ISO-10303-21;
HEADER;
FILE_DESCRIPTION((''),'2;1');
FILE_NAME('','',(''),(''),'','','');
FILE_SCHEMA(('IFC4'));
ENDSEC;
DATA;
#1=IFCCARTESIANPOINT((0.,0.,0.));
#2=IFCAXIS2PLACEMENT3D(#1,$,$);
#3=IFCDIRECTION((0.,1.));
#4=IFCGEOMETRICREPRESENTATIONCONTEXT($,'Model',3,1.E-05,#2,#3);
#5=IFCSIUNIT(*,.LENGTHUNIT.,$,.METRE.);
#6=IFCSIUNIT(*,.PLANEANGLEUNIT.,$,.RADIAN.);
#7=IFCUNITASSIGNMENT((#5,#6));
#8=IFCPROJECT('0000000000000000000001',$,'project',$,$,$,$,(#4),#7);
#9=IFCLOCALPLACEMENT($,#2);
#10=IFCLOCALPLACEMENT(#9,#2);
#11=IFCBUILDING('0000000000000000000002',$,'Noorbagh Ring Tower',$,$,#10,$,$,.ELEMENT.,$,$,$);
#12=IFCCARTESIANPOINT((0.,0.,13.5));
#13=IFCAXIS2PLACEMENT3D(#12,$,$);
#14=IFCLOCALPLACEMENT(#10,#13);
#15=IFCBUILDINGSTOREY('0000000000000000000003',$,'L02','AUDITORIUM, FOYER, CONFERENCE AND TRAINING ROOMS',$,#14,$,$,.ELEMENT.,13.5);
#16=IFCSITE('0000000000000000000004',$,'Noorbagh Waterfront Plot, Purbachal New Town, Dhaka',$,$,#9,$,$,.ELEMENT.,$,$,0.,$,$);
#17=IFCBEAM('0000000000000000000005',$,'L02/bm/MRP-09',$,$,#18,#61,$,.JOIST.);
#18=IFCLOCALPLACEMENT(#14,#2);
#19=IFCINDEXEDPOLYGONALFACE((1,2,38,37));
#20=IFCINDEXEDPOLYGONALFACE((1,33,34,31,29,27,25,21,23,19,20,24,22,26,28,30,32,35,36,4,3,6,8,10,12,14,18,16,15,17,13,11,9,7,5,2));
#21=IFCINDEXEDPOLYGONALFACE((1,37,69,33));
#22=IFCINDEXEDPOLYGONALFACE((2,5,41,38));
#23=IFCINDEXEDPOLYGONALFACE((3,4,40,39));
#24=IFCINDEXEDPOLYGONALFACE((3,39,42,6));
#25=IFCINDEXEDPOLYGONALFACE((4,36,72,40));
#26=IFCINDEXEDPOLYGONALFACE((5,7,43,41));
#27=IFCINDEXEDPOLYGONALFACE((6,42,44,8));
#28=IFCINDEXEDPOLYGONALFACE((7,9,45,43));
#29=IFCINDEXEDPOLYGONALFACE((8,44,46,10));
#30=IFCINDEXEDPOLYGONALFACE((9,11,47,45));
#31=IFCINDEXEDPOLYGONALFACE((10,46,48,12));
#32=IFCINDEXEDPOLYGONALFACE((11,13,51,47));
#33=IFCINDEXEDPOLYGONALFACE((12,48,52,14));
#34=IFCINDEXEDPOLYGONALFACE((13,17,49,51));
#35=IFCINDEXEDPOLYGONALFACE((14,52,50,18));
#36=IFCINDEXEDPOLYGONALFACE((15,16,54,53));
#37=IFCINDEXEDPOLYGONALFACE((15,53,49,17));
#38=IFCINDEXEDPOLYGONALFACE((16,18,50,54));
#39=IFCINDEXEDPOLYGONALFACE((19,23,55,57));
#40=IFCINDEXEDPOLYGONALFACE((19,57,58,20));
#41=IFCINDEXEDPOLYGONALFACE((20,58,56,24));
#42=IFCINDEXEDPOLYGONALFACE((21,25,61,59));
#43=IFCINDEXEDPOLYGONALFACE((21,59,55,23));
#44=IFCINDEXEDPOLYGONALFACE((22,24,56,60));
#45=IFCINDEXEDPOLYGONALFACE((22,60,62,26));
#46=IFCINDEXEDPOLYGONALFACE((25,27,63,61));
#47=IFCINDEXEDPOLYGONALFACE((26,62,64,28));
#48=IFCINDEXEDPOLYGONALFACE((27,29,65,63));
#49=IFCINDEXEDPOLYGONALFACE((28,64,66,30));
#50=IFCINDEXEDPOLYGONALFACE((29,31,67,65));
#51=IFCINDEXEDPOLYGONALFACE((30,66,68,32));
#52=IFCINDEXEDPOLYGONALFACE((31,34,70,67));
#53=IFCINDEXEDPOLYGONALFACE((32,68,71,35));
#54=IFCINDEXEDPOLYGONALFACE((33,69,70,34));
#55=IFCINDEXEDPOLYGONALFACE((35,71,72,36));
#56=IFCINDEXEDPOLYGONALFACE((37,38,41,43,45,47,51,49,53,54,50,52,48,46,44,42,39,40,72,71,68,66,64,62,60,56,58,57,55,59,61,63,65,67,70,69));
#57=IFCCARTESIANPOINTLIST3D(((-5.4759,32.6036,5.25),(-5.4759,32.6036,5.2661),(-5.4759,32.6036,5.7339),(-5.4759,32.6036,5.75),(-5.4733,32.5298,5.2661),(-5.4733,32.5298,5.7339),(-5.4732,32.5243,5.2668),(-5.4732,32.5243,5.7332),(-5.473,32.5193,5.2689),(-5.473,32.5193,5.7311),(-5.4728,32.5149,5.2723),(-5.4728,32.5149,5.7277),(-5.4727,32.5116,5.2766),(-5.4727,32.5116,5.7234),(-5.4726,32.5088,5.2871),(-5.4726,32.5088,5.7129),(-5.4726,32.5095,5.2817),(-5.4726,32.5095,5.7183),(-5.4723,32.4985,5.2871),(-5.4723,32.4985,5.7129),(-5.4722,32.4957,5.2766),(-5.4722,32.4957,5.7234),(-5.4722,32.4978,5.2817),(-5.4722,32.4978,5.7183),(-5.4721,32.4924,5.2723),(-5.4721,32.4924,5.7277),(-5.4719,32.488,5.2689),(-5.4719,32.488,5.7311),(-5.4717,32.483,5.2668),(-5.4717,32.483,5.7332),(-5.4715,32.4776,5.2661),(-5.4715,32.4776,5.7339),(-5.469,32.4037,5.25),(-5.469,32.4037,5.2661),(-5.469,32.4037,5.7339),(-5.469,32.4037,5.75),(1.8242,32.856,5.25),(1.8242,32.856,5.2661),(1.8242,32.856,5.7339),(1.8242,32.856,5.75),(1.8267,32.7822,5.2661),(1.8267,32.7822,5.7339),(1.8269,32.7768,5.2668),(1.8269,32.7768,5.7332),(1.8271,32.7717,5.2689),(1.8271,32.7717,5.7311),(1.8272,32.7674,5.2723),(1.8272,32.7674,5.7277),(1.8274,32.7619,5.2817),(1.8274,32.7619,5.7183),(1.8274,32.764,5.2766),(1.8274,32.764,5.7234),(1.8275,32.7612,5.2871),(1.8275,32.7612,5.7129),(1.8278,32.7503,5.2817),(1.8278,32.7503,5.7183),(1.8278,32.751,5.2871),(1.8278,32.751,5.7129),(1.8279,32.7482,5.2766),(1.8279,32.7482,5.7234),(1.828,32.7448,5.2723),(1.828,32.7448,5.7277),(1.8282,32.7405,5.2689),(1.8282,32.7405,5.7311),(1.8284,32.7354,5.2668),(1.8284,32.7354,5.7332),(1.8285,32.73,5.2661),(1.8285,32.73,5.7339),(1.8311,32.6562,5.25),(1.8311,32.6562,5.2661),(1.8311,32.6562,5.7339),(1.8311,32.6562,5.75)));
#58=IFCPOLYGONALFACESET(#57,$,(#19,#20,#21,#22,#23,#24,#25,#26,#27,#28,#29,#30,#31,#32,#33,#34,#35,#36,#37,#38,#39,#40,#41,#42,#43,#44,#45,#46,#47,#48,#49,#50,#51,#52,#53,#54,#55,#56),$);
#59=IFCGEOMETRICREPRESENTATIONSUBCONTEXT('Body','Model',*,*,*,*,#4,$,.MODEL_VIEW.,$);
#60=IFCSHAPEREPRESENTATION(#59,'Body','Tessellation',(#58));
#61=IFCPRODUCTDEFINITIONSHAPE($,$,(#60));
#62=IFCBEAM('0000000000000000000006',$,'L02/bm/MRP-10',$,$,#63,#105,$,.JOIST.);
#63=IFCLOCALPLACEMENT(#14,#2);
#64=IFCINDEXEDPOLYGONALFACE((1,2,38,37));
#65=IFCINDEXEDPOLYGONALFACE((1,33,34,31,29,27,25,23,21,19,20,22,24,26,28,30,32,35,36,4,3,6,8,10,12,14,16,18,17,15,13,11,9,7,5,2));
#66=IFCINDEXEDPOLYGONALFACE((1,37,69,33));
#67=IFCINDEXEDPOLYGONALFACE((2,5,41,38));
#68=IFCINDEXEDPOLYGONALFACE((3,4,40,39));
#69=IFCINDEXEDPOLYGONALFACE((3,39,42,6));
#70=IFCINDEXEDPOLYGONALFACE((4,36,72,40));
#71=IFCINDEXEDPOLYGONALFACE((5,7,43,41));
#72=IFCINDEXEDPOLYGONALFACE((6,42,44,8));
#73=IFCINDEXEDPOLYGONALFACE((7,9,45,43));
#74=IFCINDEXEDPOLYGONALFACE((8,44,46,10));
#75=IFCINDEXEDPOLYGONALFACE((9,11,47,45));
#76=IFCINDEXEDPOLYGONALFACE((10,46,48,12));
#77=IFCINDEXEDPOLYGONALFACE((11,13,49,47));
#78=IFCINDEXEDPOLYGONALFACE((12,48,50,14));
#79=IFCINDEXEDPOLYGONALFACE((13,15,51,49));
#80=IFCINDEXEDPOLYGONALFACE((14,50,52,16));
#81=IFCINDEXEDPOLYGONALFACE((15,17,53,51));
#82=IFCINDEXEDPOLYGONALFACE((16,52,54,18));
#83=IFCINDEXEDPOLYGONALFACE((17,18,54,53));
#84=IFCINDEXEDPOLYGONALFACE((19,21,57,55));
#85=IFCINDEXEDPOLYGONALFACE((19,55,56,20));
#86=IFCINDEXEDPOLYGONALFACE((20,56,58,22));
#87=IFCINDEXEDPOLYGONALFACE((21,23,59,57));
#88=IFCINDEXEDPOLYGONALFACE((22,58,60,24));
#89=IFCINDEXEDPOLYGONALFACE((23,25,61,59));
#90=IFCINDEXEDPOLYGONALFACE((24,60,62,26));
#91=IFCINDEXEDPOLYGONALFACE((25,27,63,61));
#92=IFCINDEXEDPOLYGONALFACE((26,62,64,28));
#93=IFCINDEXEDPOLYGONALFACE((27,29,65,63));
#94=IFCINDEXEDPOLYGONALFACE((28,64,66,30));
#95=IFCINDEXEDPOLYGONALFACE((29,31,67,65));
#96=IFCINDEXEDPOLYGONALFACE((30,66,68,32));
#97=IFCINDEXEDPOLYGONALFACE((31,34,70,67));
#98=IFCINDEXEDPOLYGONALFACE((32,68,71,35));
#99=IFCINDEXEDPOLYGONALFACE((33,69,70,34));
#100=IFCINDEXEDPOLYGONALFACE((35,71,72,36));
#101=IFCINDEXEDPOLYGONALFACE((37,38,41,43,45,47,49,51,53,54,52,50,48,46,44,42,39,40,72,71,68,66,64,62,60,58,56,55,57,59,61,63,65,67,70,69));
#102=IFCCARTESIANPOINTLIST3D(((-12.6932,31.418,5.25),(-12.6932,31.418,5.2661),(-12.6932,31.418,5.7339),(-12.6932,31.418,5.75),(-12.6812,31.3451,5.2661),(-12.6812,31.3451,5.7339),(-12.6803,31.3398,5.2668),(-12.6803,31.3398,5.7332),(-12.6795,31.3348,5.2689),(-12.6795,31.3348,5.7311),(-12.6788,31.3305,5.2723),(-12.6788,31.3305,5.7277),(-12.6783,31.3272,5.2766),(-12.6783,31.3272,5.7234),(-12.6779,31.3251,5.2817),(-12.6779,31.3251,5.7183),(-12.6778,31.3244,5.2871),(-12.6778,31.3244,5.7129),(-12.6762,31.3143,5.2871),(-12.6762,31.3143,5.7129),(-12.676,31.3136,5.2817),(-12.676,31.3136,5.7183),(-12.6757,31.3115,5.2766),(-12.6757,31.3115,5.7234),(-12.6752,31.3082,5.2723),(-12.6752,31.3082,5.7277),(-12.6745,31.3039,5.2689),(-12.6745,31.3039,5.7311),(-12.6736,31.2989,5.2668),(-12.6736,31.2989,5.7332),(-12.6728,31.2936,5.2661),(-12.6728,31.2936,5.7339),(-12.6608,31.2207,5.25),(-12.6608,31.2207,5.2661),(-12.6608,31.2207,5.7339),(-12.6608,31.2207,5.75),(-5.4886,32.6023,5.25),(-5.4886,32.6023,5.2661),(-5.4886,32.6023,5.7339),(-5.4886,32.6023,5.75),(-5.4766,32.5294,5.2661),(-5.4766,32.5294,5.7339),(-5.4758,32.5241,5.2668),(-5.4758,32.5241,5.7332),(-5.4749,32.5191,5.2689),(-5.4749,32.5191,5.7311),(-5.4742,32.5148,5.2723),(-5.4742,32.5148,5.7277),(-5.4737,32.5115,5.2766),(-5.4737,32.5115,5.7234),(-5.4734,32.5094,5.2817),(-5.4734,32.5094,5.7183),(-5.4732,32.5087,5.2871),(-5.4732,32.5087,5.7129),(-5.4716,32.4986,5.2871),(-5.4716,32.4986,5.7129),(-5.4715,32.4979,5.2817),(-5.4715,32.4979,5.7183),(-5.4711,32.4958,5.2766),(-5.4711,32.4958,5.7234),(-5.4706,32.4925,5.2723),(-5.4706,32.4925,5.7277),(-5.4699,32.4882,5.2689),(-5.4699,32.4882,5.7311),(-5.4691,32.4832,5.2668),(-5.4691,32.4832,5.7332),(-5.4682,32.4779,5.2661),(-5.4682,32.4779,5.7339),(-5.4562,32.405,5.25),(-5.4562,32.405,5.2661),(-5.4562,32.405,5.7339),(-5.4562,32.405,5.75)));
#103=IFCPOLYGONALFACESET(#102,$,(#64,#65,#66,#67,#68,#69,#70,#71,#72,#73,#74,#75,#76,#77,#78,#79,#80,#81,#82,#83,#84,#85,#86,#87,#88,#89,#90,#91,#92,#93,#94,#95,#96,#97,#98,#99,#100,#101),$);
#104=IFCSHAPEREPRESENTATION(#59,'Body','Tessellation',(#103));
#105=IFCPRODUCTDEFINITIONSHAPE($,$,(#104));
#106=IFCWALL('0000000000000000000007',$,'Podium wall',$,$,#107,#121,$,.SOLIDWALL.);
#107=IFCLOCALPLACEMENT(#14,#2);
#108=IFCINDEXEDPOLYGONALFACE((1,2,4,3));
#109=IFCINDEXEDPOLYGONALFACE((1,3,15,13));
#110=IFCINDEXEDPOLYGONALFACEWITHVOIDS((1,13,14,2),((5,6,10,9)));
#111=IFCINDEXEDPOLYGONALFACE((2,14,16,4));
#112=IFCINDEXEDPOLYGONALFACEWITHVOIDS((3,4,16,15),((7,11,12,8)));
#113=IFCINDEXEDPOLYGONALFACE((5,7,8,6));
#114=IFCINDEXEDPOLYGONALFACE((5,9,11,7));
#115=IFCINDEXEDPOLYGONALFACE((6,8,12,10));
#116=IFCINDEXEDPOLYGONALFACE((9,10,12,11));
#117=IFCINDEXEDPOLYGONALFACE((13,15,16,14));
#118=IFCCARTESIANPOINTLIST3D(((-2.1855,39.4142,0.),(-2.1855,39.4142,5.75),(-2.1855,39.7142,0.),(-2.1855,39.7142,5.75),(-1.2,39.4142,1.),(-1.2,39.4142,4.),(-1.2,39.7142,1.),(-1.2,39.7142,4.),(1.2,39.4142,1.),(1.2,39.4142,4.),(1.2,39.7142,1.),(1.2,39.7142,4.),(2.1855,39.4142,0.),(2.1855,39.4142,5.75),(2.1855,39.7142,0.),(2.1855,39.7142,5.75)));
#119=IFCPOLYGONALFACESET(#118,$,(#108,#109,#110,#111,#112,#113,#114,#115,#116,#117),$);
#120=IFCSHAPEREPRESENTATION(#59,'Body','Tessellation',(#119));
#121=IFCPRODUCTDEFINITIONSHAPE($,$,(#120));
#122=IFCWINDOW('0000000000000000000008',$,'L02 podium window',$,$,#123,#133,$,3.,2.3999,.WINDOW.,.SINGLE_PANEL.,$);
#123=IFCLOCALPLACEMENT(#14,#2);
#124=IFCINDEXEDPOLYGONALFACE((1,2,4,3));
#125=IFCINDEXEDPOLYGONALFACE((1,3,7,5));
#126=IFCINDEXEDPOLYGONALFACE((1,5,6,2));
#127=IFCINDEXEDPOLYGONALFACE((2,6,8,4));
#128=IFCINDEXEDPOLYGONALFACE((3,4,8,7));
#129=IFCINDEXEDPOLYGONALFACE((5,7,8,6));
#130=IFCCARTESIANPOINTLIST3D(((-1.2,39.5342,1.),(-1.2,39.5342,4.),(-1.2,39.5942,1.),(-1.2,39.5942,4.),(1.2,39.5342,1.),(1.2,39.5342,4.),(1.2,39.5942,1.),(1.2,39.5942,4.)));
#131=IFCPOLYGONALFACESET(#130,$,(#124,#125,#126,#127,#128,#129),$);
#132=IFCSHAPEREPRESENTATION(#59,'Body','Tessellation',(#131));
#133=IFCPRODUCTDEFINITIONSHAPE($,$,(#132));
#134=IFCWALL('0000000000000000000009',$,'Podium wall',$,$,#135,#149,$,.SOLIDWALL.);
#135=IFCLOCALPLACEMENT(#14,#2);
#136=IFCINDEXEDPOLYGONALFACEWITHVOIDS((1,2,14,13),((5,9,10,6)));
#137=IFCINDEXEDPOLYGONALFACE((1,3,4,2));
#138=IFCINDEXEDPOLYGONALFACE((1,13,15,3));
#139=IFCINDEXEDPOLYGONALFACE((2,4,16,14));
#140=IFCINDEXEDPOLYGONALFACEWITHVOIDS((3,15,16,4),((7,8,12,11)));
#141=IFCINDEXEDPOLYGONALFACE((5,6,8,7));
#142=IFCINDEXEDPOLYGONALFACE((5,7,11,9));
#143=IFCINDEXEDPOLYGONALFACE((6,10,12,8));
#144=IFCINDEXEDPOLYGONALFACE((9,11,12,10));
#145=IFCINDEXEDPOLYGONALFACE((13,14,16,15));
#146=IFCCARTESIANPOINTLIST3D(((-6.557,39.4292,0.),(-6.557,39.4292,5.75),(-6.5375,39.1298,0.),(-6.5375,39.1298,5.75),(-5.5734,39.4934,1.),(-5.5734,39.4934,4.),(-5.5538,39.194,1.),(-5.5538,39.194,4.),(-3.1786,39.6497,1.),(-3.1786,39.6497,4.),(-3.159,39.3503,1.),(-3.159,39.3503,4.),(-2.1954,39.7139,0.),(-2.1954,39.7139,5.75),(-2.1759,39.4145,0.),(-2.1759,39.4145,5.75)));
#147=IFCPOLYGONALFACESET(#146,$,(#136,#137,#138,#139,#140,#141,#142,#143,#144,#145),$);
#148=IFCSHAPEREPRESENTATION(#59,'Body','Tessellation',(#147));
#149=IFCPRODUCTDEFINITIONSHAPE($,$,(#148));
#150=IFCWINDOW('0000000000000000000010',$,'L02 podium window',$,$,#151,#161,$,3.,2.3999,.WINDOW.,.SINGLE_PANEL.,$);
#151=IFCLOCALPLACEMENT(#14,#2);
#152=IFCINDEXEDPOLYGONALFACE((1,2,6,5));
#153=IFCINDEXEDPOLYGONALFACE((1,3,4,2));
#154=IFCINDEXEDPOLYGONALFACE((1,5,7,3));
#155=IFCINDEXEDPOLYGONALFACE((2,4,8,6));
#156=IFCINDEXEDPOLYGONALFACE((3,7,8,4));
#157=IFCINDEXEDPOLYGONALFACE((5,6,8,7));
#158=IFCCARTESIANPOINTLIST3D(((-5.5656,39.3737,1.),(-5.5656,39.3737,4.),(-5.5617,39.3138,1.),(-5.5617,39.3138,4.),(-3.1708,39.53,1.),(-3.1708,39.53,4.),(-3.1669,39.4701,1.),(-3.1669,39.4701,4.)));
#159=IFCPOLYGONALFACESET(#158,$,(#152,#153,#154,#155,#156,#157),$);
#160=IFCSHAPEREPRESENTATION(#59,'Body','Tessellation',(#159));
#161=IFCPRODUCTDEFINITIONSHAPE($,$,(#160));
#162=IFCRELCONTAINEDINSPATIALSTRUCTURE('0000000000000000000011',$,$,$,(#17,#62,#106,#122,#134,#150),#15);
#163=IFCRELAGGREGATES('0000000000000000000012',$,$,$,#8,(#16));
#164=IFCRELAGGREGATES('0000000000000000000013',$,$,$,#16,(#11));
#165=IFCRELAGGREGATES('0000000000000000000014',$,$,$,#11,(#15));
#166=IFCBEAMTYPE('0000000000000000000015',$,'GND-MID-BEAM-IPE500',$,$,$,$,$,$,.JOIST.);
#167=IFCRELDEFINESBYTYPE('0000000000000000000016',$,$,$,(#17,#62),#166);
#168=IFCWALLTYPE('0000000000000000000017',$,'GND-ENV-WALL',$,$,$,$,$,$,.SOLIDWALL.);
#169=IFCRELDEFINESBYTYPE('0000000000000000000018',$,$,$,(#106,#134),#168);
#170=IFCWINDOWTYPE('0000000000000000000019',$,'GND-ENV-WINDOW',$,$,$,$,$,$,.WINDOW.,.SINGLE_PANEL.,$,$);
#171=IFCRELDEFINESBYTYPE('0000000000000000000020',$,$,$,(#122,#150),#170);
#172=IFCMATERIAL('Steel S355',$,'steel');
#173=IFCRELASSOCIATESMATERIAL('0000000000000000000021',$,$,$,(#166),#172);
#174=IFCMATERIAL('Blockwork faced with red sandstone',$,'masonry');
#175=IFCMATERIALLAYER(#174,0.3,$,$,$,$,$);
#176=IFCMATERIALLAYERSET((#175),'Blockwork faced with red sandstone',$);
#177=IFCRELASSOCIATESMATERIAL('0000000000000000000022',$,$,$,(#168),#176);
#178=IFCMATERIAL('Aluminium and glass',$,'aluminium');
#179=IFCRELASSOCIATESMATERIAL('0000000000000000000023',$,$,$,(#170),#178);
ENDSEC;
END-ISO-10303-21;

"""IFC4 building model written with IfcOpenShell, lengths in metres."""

from ifc_helpers import new_model, si_unit, direction, frame, frame_2d, origin, origin_2d, place, context, subcontext, project, spatial, rectangle, i_section, extrude, material, layer, layer_set, material_profile, profile_set, type_object, element, fill, save


model = new_model("IFC4")

# Units and contexts
model_context = context("Model", 3, precision=1e-05, world=origin(), true_north=direction((0.0, 1.0)))
body_context = subcontext(model_context, "Body", "Model", "MODEL_VIEW")
ifc_project = project(units=[si_unit("LENGTHUNIT", "METRE"), si_unit("PLANEANGLEUNIT", "RADIAN")], contexts=[model_context])

# Site, building, storey
site_placement = place(None, origin())
site = spatial("IfcSite", under=ifc_project, at=site_placement, Name="Noorbagh Waterfront Plot, Purbachal New Town, Dhaka", CompositionType="ELEMENT", RefElevation=0.0)
building_placement = place(site_placement, origin())
building = spatial("IfcBuilding", under=site, at=building_placement, Name="Noorbagh Ring Tower", CompositionType="ELEMENT")
storey_placement = place(building_placement, frame((0.0, 0.0, 13.5)))
storey = spatial("IfcBuildingStorey", under=building, at=storey_placement, Name="L02", Description="AUDITORIUM, FOYER, CONFERENCE AND TRAINING ROOMS", CompositionType="ELEMENT", Elevation=13.5)

# Beams
ifc_material_1 = material(Name="Steel S355", Category="steel")
ifc_material_profile_1 = material_profile(ifc_material_1, i_section(OverallWidth=0.2, OverallDepth=0.5, WebThickness=0.0103, FlangeThickness=0.0161, FilletRadius=0.021, at=origin_2d()), Name="IPE500")
ifc_profile_set_1 = profile_set([ifc_material_profile_1], Name="Steel S355")
beam_type_1 = type_object("IfcBeamType", Name="GND-MID-BEAM-IPE500", PredefinedType="JOIST", material=ifc_profile_set_1)
beam_1_placement = place(storey_placement, frame((1.8276, 32.7561, 5.5), z_axis=(-0.999403, -0.03456, 0.0), x_axis=(0.03456, -0.999403, 0.0)))
element("IfcBeam", 1, at=beam_1_placement, inside=storey, type_object=beam_type_1, Name="L02/bm/MRP-09", PredefinedType="JOIST", context=body_context, shape_type="SweptSolid", body=[
    extrude(i_section(OverallWidth=0.2, OverallDepth=0.5, WebThickness=0.0103, FlangeThickness=0.0161, FilletRadius=0.021, at=origin_2d()), origin(), (0.0, 0.0, 1.0), 7.3044),
])
beam_2_placement = place(storey_placement, frame((-5.4724, 32.5037, 5.5), z_axis=(-0.986757, -0.162208, 0.0), x_axis=(0.162208, -0.986757, 0.0)))
element("IfcBeam", 2, at=beam_2_placement, inside=storey, type_object=beam_type_1, Name="L02/bm/MRP-10", PredefinedType="JOIST", context=body_context, shape_type="SweptSolid", body=[
    extrude(i_section(OverallWidth=0.2, OverallDepth=0.5, WebThickness=0.0103, FlangeThickness=0.0161, FilletRadius=0.021, at=origin_2d()), origin(), (0.0, 0.0, 1.0), 7.3013),
])

# Walls, openings, windows
ifc_material_2 = material(Name="Blockwork faced with red sandstone", Category="masonry")
ifc_layer_1 = layer(ifc_material_2, 0.3)
ifc_layer_set_1 = layer_set([ifc_layer_1], Name="Blockwork faced with red sandstone")
wall_type_1 = type_object("IfcWallType", Name="GND-ENV-WALL", PredefinedType="SOLIDWALL", material=ifc_layer_set_1)
wall_1_placement = place(storey_placement, frame((2.1855, 39.5642, 0.0), z_axis=(0.0, 0.0, 1.0), x_axis=(-1.0, 0.0, 0.0)))
wall_1 = element("IfcWall", 3, at=wall_1_placement, inside=storey, type_object=wall_type_1, Name="Podium wall", PredefinedType="SOLIDWALL", context=body_context, shape_type="SweptSolid", body=[
    extrude(rectangle(XDim=4.3711, YDim=0.3, at=frame_2d((2.1855, 0.0))), origin(), (0.0, 0.0, 1.0), 5.75),
])
opening_1_placement = place(wall_1_placement, frame((0.9856, 0.0, 1.0)))
opening_1 = element("IfcOpeningElement", 4, at=opening_1_placement, cuts=wall_1, PredefinedType="OPENING", context=body_context, shape_type="SweptSolid", body=[
    extrude(rectangle(XDim=2.3999, YDim=3.0, at=frame_2d((1.2, 1.5))), frame((0.0, 0.1602, 0.0), z_axis=(0.0, -1.0, 0.0), x_axis=(1.0, 0.0, 0.0)), (0.0, 0.0, 1.0), 0.3201),
])
ifc_material_3 = material(Name="Aluminium and glass", Category="aluminium")
window_type = type_object("IfcWindowType", Name="GND-ENV-WINDOW", PartitioningType="SINGLE_PANEL", PredefinedType="WINDOW", material=ifc_material_3)
window_1_placement = place(opening_1_placement, origin())
window_1 = element("IfcWindow", 5, at=window_1_placement, inside=storey, type_object=window_type, Name="L02 podium window", OverallHeight=3.0, OverallWidth=2.3999, PartitioningType="SINGLE_PANEL", PredefinedType="WINDOW", context=body_context, shape_type="SweptSolid", body=[
    extrude(rectangle(XDim=2.3999, YDim=3.0, at=frame_2d((1.2, 1.5))), frame((0.0, 0.03, 0.0), z_axis=(0.0, -1.0, 0.0), x_axis=(1.0, 0.0, 0.0)), (0.0, 0.0, 1.0), 0.0601),
])
fill(opening_1, window_1)
wall_2_placement = place(storey_placement, frame((-2.1855, 39.5642, 0.0), z_axis=(0.0, 0.0, 1.0), x_axis=(-0.997877, -0.065129, 0.0)))
wall_2 = element("IfcWall", 6, at=wall_2_placement, inside=storey, type_object=wall_type_1, Name="Podium wall", PredefinedType="SOLIDWALL", context=body_context, shape_type="SweptSolid", body=[
    extrude(rectangle(XDim=4.3708, YDim=0.3, at=frame_2d((2.1855, 0.0))), origin(), (0.0, 0.0, 1.0), 5.75),
])
opening_2_placement = place(wall_2_placement, frame((0.9854, 0.0, 1.0)))
opening_2 = element("IfcOpeningElement", 7, at=opening_2_placement, cuts=wall_2, PredefinedType="OPENING", context=body_context, shape_type="SweptSolid", body=[
    extrude(rectangle(XDim=2.3999, YDim=3.0, at=frame_2d((1.2, 1.5))), frame((0.0, 0.1602, 0.0), z_axis=(0.0, -1.0, 0.0), x_axis=(1.0, 0.0, 0.0)), (0.0, 0.0, 1.0), 0.3201),
])
window_2_placement = place(opening_2_placement, origin())
window_2 = element("IfcWindow", 8, at=window_2_placement, inside=storey, type_object=window_type, Name="L02 podium window", OverallHeight=3.0, OverallWidth=2.3999, PartitioningType="SINGLE_PANEL", PredefinedType="WINDOW", context=body_context, shape_type="SweptSolid", body=[
    extrude(rectangle(XDim=2.3999, YDim=3.0, at=frame_2d((1.2, 1.5))), frame((0.0, 0.03, 0.0), z_axis=(0.0, -1.0, 0.0), x_axis=(1.0, 0.0, 0.0)), (0.0, 0.0, 1.0), 0.0601),
])
fill(opening_2, window_2)

save(model, "model.ifc")
